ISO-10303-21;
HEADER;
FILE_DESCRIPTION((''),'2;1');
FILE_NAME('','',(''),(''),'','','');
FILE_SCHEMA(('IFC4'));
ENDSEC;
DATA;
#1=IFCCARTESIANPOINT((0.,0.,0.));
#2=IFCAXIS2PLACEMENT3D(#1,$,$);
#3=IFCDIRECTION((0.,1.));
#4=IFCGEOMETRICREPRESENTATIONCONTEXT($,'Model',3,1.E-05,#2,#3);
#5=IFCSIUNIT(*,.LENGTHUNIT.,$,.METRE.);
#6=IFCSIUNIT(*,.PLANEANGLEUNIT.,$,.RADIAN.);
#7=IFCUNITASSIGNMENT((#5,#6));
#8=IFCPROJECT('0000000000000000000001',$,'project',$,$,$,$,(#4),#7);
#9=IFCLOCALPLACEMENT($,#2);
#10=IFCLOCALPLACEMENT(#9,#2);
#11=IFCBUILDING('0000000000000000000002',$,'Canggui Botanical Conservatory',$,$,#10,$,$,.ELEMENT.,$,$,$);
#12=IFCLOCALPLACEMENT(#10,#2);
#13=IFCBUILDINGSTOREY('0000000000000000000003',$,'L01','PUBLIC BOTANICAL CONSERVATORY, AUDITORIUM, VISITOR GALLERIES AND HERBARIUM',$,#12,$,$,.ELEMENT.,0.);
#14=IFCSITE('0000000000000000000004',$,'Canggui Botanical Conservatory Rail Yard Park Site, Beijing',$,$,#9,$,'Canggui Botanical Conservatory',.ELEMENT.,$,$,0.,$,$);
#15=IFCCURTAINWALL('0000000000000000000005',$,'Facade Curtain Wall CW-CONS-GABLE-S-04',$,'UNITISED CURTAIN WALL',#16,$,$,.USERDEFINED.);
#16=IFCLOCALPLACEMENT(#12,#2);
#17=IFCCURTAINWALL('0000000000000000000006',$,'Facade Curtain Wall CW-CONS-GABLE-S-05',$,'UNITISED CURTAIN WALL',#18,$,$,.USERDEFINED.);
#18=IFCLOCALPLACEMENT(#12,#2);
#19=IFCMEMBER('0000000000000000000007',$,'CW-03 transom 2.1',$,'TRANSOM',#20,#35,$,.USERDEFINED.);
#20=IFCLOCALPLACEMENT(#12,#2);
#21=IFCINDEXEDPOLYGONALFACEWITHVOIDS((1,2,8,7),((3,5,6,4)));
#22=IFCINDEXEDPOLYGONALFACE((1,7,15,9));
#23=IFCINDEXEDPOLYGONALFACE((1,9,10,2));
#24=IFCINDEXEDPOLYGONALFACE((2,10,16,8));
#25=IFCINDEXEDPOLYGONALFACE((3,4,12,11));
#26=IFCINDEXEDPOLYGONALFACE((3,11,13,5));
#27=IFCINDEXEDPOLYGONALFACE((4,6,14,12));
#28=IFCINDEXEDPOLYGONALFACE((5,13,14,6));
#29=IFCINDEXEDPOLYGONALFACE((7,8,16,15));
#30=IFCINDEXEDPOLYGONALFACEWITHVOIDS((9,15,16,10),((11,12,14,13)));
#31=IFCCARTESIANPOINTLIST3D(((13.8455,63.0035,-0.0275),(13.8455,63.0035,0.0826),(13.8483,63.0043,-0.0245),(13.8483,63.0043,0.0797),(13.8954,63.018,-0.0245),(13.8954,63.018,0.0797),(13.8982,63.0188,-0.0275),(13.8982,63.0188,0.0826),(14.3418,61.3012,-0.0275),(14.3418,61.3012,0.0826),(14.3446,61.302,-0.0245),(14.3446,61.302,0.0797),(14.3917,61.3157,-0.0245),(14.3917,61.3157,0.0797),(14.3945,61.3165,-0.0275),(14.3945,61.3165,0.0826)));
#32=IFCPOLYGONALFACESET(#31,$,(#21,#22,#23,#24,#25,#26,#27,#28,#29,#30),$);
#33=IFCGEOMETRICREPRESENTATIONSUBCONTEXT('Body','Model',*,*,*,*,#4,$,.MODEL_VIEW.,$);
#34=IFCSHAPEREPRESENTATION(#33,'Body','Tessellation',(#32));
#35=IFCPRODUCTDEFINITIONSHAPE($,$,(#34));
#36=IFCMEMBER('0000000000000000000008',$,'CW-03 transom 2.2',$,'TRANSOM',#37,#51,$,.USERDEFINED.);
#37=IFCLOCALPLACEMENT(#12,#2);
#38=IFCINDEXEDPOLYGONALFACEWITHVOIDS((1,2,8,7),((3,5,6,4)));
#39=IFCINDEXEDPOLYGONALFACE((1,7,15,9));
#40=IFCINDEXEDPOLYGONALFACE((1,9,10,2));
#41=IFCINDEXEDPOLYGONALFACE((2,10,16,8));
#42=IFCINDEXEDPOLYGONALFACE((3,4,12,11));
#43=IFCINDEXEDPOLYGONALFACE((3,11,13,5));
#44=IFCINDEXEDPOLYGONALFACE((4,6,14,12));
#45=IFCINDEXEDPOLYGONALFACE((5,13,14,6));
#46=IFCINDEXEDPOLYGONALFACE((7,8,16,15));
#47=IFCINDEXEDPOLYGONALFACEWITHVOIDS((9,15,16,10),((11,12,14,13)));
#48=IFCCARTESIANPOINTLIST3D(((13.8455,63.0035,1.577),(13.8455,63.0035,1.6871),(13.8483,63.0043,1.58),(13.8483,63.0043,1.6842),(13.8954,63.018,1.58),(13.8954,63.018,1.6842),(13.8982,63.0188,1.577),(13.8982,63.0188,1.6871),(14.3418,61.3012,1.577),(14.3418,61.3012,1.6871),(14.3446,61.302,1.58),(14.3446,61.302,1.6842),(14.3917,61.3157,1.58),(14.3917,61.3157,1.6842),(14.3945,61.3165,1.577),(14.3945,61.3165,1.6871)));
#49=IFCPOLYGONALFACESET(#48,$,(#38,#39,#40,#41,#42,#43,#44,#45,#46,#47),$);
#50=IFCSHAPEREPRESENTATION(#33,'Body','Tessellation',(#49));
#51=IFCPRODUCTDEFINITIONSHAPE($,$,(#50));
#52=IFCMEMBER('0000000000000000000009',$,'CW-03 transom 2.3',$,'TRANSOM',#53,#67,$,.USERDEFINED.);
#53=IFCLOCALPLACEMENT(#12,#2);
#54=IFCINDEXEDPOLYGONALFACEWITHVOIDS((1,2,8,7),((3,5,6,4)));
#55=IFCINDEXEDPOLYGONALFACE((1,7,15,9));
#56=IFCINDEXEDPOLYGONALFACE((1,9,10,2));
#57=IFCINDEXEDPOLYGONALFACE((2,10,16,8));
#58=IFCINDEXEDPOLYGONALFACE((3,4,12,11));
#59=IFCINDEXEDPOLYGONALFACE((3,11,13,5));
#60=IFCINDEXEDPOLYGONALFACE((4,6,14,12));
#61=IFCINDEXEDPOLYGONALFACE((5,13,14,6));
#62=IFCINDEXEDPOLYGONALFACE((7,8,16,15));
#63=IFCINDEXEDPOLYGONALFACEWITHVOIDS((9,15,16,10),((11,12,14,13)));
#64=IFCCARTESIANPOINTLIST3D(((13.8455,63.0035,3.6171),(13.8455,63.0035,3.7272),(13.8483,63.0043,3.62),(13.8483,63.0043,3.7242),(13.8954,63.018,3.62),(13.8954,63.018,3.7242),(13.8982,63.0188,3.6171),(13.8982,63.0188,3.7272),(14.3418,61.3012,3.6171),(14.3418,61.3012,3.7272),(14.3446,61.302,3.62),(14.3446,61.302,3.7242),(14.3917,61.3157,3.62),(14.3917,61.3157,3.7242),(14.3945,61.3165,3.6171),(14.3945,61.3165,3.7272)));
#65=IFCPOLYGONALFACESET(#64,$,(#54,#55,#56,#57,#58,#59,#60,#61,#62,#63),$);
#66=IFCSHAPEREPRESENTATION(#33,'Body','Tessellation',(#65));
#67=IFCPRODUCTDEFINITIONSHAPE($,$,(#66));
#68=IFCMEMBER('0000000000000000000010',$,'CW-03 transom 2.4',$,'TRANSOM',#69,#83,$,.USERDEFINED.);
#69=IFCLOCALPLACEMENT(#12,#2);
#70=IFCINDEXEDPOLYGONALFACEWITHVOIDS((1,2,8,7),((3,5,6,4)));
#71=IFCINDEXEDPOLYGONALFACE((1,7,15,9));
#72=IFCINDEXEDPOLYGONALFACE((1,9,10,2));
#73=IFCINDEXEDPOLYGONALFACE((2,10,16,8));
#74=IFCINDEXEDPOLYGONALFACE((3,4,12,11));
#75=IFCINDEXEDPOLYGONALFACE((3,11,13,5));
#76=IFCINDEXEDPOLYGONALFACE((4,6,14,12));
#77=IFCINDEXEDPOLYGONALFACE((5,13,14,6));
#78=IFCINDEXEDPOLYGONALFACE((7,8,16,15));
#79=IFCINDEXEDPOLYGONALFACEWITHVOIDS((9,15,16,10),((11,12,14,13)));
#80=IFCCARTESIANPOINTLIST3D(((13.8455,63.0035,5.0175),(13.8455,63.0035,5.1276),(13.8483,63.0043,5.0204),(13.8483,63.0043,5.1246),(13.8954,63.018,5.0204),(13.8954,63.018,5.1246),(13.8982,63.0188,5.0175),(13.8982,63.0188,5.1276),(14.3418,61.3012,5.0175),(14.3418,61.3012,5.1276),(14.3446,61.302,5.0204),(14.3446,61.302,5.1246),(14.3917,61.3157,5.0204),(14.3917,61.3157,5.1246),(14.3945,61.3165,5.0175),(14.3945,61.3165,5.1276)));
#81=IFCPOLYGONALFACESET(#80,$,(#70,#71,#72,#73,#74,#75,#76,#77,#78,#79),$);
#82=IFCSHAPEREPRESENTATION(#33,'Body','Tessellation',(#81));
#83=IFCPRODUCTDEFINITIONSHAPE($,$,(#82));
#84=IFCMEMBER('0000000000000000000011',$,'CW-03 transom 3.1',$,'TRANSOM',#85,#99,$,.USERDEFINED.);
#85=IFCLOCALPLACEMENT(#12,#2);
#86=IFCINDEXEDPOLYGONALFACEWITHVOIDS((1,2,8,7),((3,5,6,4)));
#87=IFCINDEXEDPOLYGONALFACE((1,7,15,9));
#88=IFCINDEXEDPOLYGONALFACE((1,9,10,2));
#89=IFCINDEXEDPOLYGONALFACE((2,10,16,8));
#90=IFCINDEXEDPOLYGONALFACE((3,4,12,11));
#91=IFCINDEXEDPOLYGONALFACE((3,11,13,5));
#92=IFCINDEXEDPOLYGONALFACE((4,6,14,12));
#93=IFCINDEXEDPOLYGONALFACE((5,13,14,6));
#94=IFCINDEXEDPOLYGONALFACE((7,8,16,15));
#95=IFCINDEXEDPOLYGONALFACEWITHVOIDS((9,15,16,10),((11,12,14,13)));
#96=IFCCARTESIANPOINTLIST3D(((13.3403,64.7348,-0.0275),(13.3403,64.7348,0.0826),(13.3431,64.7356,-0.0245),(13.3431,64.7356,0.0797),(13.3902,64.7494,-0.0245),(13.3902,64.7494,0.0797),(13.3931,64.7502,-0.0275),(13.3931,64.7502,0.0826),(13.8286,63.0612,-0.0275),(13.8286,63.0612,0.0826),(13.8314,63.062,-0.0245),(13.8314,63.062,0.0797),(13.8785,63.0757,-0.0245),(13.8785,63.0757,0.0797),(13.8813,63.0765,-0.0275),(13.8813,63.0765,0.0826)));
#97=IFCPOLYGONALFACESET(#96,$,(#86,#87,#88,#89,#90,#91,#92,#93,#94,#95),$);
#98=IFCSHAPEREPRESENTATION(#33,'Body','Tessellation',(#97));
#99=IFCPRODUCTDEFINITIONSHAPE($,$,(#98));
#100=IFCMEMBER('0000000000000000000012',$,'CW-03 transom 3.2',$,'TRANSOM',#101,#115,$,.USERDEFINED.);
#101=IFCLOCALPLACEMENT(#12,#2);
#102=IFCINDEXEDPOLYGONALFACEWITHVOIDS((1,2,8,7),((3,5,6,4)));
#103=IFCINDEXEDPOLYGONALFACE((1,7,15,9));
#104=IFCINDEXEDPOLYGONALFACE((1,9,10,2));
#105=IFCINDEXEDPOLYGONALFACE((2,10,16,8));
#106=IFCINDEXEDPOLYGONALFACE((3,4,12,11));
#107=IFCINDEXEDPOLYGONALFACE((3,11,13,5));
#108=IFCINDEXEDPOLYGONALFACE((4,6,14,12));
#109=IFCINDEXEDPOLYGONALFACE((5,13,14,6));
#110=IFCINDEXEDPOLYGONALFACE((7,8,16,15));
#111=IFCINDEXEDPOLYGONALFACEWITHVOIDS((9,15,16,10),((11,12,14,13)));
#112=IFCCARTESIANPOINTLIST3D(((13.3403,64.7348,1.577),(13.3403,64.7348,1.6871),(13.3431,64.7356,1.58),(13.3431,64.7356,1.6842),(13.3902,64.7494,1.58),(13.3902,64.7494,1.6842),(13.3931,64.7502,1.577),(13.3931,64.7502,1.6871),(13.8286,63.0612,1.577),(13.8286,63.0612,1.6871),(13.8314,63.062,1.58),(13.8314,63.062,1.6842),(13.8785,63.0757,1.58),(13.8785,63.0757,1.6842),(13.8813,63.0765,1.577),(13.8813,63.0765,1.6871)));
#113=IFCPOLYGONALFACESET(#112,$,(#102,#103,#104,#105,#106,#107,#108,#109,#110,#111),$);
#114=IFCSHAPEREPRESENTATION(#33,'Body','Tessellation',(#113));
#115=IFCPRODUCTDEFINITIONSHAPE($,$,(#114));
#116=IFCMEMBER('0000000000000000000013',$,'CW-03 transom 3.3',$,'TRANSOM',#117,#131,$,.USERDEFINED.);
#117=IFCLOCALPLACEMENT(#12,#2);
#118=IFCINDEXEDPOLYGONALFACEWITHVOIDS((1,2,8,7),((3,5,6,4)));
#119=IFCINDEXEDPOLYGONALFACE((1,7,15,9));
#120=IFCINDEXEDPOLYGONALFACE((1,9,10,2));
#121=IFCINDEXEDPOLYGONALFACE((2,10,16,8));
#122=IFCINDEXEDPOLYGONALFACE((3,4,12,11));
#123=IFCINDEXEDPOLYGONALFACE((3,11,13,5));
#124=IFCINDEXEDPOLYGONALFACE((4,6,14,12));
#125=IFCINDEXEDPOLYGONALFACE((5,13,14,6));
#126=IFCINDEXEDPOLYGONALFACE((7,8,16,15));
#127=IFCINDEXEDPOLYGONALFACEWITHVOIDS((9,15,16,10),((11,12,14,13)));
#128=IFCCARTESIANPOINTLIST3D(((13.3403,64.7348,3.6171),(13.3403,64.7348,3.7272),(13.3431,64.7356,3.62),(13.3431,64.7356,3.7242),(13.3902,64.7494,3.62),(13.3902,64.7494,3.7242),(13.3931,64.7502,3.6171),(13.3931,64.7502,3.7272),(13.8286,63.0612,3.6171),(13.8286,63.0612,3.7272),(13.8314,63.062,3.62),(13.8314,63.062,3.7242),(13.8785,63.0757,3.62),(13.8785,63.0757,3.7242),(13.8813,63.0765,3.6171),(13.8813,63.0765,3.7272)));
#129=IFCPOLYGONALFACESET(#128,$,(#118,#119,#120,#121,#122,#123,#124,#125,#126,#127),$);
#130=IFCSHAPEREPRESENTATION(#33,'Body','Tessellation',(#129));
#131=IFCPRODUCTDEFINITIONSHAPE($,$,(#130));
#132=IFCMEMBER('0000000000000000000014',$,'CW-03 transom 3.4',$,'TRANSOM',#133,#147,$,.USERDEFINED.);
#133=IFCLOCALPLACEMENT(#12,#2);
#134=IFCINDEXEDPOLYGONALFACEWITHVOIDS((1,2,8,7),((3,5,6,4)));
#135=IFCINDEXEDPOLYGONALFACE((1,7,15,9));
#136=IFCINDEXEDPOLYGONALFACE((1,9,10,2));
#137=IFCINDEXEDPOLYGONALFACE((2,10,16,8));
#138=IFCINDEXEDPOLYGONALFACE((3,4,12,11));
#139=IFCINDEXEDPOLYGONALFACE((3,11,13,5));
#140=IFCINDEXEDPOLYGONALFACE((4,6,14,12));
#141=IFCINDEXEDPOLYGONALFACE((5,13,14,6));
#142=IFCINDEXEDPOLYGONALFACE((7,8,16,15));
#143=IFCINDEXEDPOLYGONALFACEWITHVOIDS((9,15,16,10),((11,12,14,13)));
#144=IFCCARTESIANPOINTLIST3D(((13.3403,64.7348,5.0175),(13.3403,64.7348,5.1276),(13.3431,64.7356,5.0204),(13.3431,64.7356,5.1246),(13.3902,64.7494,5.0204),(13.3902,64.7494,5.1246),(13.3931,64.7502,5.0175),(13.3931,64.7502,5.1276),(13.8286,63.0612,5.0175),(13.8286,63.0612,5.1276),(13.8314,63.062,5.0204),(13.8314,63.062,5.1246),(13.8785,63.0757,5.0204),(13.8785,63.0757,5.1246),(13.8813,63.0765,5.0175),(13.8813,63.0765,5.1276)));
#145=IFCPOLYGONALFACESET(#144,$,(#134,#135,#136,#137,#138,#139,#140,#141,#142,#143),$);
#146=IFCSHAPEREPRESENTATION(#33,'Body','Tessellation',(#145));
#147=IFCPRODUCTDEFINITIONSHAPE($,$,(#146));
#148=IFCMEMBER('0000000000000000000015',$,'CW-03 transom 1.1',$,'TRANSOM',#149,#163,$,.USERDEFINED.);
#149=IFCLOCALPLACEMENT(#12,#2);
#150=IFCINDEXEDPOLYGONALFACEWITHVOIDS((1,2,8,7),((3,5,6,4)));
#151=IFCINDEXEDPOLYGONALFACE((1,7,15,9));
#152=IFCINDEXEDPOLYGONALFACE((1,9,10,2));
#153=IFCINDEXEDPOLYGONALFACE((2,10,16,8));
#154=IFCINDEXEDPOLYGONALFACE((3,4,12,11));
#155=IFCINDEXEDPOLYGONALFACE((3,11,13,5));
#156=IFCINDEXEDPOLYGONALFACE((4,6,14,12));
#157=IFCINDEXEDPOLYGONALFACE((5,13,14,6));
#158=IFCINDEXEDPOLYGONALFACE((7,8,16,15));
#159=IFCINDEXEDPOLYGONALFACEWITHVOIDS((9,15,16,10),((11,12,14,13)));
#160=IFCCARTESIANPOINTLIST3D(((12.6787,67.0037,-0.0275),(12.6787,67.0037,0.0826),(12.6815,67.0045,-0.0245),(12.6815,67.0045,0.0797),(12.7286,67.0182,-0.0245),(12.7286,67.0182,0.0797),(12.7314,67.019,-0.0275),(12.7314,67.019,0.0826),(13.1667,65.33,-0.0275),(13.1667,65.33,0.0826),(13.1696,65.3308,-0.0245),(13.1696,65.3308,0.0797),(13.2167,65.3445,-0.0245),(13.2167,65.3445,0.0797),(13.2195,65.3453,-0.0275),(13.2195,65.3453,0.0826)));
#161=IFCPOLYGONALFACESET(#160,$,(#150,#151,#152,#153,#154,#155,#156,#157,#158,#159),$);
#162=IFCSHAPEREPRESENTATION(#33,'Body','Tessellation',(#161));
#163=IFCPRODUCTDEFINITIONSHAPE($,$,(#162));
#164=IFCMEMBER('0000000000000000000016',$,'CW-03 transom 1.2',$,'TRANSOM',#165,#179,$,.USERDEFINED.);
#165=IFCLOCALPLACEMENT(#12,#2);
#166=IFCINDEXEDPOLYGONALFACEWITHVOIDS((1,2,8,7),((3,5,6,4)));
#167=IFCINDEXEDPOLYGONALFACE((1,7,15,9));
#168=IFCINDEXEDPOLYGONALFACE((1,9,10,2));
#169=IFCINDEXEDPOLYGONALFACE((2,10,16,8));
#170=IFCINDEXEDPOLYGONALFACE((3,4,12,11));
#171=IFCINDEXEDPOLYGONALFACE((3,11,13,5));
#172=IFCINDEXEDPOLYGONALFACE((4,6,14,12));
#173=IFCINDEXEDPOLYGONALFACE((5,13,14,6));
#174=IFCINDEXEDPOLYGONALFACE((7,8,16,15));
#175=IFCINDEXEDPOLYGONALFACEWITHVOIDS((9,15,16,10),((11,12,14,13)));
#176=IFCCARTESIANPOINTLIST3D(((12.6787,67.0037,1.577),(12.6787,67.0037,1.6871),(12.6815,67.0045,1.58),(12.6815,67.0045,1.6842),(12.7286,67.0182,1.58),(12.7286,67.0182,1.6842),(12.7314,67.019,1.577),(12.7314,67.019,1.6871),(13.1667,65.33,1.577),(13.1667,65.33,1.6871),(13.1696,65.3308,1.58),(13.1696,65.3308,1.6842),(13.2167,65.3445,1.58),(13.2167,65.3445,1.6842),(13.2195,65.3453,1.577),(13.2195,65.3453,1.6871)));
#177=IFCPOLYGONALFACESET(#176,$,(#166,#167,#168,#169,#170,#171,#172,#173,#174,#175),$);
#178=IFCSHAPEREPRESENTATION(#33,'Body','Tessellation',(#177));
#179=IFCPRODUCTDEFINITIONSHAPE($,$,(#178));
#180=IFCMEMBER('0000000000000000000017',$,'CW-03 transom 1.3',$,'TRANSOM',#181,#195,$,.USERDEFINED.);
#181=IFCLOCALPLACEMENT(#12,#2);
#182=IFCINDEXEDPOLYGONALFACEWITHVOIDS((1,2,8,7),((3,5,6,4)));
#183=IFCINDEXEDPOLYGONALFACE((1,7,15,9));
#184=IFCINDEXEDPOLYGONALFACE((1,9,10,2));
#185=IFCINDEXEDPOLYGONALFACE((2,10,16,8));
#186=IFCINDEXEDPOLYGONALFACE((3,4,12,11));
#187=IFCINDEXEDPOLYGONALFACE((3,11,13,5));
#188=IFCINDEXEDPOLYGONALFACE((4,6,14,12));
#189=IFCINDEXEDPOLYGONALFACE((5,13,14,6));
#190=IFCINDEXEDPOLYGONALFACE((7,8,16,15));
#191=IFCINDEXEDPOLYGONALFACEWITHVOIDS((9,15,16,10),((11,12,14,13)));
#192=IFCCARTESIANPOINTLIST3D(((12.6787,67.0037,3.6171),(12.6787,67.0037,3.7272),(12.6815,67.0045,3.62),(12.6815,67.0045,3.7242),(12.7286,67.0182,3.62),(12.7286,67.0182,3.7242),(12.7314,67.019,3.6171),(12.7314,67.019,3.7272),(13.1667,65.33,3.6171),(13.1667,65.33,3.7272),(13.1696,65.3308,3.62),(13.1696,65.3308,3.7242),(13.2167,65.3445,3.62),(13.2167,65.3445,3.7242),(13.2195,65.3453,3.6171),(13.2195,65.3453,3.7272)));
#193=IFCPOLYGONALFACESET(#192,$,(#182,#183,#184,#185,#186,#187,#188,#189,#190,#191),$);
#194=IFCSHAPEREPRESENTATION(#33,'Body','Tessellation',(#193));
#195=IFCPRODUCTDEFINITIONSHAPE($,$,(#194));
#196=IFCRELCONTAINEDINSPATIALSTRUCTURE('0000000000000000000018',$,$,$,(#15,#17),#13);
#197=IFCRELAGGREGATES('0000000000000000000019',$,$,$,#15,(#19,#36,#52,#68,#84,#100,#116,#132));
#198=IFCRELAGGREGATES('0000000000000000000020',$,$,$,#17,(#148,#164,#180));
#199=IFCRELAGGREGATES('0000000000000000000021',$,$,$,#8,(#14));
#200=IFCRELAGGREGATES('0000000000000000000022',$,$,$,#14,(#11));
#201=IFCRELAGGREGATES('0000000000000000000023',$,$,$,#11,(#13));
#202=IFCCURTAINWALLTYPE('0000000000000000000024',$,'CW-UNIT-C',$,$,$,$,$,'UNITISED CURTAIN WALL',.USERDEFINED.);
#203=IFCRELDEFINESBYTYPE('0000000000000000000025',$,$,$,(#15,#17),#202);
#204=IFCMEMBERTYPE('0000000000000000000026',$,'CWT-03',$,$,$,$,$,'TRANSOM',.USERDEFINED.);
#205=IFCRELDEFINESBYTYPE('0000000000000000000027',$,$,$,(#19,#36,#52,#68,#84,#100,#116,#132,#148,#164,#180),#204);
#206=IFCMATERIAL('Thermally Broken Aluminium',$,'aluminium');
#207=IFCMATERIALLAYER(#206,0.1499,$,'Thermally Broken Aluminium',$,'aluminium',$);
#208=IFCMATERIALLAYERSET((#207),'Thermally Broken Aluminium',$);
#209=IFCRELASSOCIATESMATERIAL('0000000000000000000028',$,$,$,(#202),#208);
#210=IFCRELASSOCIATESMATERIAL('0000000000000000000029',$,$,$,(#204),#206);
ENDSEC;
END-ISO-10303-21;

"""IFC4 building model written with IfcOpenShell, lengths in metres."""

from ifc_helpers import new_model, si_unit, direction, frame, origin, origin_2d, place, context, subcontext, project, spatial, hollow_rectangle, extrude, material, layer, layer_set, material_profile, profile_set, type_object, element, aggregate, save


model = new_model("IFC4")

# Units and contexts
model_context = context("Model", 3, precision=1e-05, world=origin(), true_north=direction((0.0, 1.0)))
body_context = subcontext(model_context, "Body", "Model", "MODEL_VIEW")
ifc_project = project(units=[si_unit("LENGTHUNIT", "METRE"), si_unit("PLANEANGLEUNIT", "RADIAN")], contexts=[model_context])

# Site, building, storey
site_placement = place(None, origin())
site = spatial("IfcSite", under=ifc_project, at=site_placement, Name="Canggui Botanical Conservatory Rail Yard Park Site, Beijing", LongName="Canggui Botanical Conservatory", CompositionType="ELEMENT", RefElevation=0.0)
building_placement = place(site_placement, origin())
building = spatial("IfcBuilding", under=site, at=building_placement, Name="Canggui Botanical Conservatory", CompositionType="ELEMENT")
storey_placement = place(building_placement, origin())
storey = spatial("IfcBuildingStorey", under=building, at=storey_placement, Name="L01", Description="PUBLIC BOTANICAL CONSERVATORY, AUDITORIUM, VISITOR GALLERIES AND HERBARIUM", CompositionType="ELEMENT", Elevation=0.0)

# Shared definitions
ifc_material_1 = material(Name="Thermally Broken Aluminium", Category="aluminium")
ifc_layer_1 = layer(ifc_material_1, 0.1499, Name="Thermally Broken Aluminium", Category="aluminium")
ifc_layer_set_1 = layer_set([ifc_layer_1], Name="Thermally Broken Aluminium")
curtain_wall_type = type_object("IfcCurtainWallType", Name="CW-UNIT-C", ElementType="UNITISED CURTAIN WALL", PredefinedType="USERDEFINED", material=ifc_layer_set_1)

# Curtain walls
curtain_wall_1_placement = place(storey_placement, origin())
curtain_wall_1 = element("IfcCurtainWall", 1, at=curtain_wall_1_placement, inside=storey, type_object=curtain_wall_type, Name="Facade Curtain Wall CW-CONS-GABLE-S-04", ObjectType="UNITISED CURTAIN WALL", PredefinedType="USERDEFINED")
curtain_wall_2_placement = place(storey_placement, origin())
curtain_wall_2 = element("IfcCurtainWall", 2, at=curtain_wall_2_placement, inside=storey, type_object=curtain_wall_type, Name="Facade Curtain Wall CW-CONS-GABLE-S-05", ObjectType="UNITISED CURTAIN WALL", PredefinedType="USERDEFINED")

# Members
ifc_material_profile_1 = material_profile(ifc_material_1, hollow_rectangle(XDim=0.0549, YDim=0.1101, WallThickness=0.0029, at=origin_2d()), Name="CWT 55x110x3")
ifc_profile_set_1 = profile_set([ifc_material_profile_1], Name="Thermally Broken Aluminium")
member_type_1 = type_object("IfcMemberType", Name="CWT-03", ElementType="TRANSOM", PredefinedType="USERDEFINED", material=ifc_profile_set_1)
member_1_placement = place(storey_placement, frame((14.3682, 61.3088, 0.0276), z_axis=(-0.2799, 0.960029, 0.0), x_axis=(-0.960029, -0.2799, 0.0)))
member_1 = element("IfcMember", 3, at=member_1_placement, type_object=member_type_1, Name="CW-03 transom 2.1", ObjectType="TRANSOM", PredefinedType="USERDEFINED", context=body_context, shape_type="SweptSolid", body=[
    extrude(hollow_rectangle(XDim=0.0549, YDim=0.1101, WallThickness=0.0029, at=origin_2d()), origin(), (0.0, 0.0, 1.0), 1.7732),
])
member_2_placement = place(storey_placement, frame((14.3682, 61.3088, 1.6321), z_axis=(-0.2799, 0.960029, 0.0), x_axis=(-0.960029, -0.2799, 0.0)))
member_2 = element("IfcMember", 4, at=member_2_placement, type_object=member_type_1, Name="CW-03 transom 2.2", ObjectType="TRANSOM", PredefinedType="USERDEFINED", context=body_context, shape_type="SweptSolid", body=[
    extrude(hollow_rectangle(XDim=0.0549, YDim=0.1101, WallThickness=0.0029, at=origin_2d()), origin(), (0.0, 0.0, 1.0), 1.7732),
])
member_3_placement = place(storey_placement, frame((14.3682, 61.3088, 3.6721), z_axis=(-0.2799, 0.960029, 0.0), x_axis=(-0.960029, -0.2799, 0.0)))
member_3 = element("IfcMember", 5, at=member_3_placement, type_object=member_type_1, Name="CW-03 transom 2.3", ObjectType="TRANSOM", PredefinedType="USERDEFINED", context=body_context, shape_type="SweptSolid", body=[
    extrude(hollow_rectangle(XDim=0.0549, YDim=0.1101, WallThickness=0.0029, at=origin_2d()), origin(), (0.0, 0.0, 1.0), 1.7732),
])
member_4_placement = place(storey_placement, frame((14.3682, 61.3088, 5.0725), z_axis=(-0.2799, 0.960029, 0.0), x_axis=(-0.960029, -0.2799, 0.0)))
member_4 = element("IfcMember", 6, at=member_4_placement, type_object=member_type_1, Name="CW-03 transom 2.4", ObjectType="TRANSOM", PredefinedType="USERDEFINED", context=body_context, shape_type="SweptSolid", body=[
    extrude(hollow_rectangle(XDim=0.0549, YDim=0.1101, WallThickness=0.0029, at=origin_2d()), origin(), (0.0, 0.0, 1.0), 1.7732),
])
member_5_placement = place(storey_placement, frame((13.855, 63.0688, 0.0276), z_axis=(-0.280081, 0.959976, 0.0), x_axis=(-0.959976, -0.280081, 0.0)))
member_5 = element("IfcMember", 7, at=member_5_placement, type_object=member_type_1, Name="CW-03 transom 3.1", ObjectType="TRANSOM", PredefinedType="USERDEFINED", context=body_context, shape_type="SweptSolid", body=[
    extrude(hollow_rectangle(XDim=0.0549, YDim=0.1101, WallThickness=0.0029, at=origin_2d()), origin(), (0.0, 0.0, 1.0), 1.7434),
])
member_6_placement = place(storey_placement, frame((13.855, 63.0688, 1.6321), z_axis=(-0.280081, 0.959976, 0.0), x_axis=(-0.959976, -0.280081, 0.0)))
member_6 = element("IfcMember", 8, at=member_6_placement, type_object=member_type_1, Name="CW-03 transom 3.2", ObjectType="TRANSOM", PredefinedType="USERDEFINED", context=body_context, shape_type="SweptSolid", body=[
    extrude(hollow_rectangle(XDim=0.0549, YDim=0.1101, WallThickness=0.0029, at=origin_2d()), origin(), (0.0, 0.0, 1.0), 1.7434),
])
member_7_placement = place(storey_placement, frame((13.855, 63.0688, 3.6721), z_axis=(-0.280081, 0.959976, 0.0), x_axis=(-0.959976, -0.280081, 0.0)))
member_7 = element("IfcMember", 9, at=member_7_placement, type_object=member_type_1, Name="CW-03 transom 3.3", ObjectType="TRANSOM", PredefinedType="USERDEFINED", context=body_context, shape_type="SweptSolid", body=[
    extrude(hollow_rectangle(XDim=0.0549, YDim=0.1101, WallThickness=0.0029, at=origin_2d()), origin(), (0.0, 0.0, 1.0), 1.7434),
])
member_8_placement = place(storey_placement, frame((13.855, 63.0688, 5.0725), z_axis=(-0.280081, 0.959976, 0.0), x_axis=(-0.959976, -0.280081, 0.0)))
member_8 = element("IfcMember", 10, at=member_8_placement, type_object=member_type_1, Name="CW-03 transom 3.4", ObjectType="TRANSOM", PredefinedType="USERDEFINED", context=body_context, shape_type="SweptSolid", body=[
    extrude(hollow_rectangle(XDim=0.0549, YDim=0.1101, WallThickness=0.0029, at=origin_2d()), origin(), (0.0, 0.0, 1.0), 1.7434),
])
member_9_placement = place(storey_placement, frame((13.1931, 65.3376, 0.0276), z_axis=(-0.279952, 0.960014, 0.0), x_axis=(-0.960014, -0.279952, 0.0)))
member_9 = element("IfcMember", 11, at=member_9_placement, type_object=member_type_1, Name="CW-03 transom 1.1", ObjectType="TRANSOM", PredefinedType="USERDEFINED", context=body_context, shape_type="SweptSolid", body=[
    extrude(hollow_rectangle(XDim=0.0549, YDim=0.1101, WallThickness=0.0029, at=origin_2d()), origin(), (0.0, 0.0, 1.0), 1.7434),
])
member_10_placement = place(storey_placement, frame((13.1931, 65.3376, 1.6321), z_axis=(-0.279952, 0.960014, 0.0), x_axis=(-0.960014, -0.279952, 0.0)))
member_10 = element("IfcMember", 12, at=member_10_placement, type_object=member_type_1, Name="CW-03 transom 1.2", ObjectType="TRANSOM", PredefinedType="USERDEFINED", context=body_context, shape_type="SweptSolid", body=[
    extrude(hollow_rectangle(XDim=0.0549, YDim=0.1101, WallThickness=0.0029, at=origin_2d()), origin(), (0.0, 0.0, 1.0), 1.7434),
])
member_11_placement = place(storey_placement, frame((13.1931, 65.3376, 3.6721), z_axis=(-0.279952, 0.960014, 0.0), x_axis=(-0.960014, -0.279952, 0.0)))
member_11 = element("IfcMember", 13, at=member_11_placement, type_object=member_type_1, Name="CW-03 transom 1.3", ObjectType="TRANSOM", PredefinedType="USERDEFINED", context=body_context, shape_type="SweptSolid", body=[
    extrude(hollow_rectangle(XDim=0.0549, YDim=0.1101, WallThickness=0.0029, at=origin_2d()), origin(), (0.0, 0.0, 1.0), 1.7434),
])

aggregate(curtain_wall_1, [member_1, member_2, member_3, member_4, member_5, member_6, member_7, member_8])
aggregate(curtain_wall_2, [member_9, member_10, member_11])

save(model, "model.ifc")
